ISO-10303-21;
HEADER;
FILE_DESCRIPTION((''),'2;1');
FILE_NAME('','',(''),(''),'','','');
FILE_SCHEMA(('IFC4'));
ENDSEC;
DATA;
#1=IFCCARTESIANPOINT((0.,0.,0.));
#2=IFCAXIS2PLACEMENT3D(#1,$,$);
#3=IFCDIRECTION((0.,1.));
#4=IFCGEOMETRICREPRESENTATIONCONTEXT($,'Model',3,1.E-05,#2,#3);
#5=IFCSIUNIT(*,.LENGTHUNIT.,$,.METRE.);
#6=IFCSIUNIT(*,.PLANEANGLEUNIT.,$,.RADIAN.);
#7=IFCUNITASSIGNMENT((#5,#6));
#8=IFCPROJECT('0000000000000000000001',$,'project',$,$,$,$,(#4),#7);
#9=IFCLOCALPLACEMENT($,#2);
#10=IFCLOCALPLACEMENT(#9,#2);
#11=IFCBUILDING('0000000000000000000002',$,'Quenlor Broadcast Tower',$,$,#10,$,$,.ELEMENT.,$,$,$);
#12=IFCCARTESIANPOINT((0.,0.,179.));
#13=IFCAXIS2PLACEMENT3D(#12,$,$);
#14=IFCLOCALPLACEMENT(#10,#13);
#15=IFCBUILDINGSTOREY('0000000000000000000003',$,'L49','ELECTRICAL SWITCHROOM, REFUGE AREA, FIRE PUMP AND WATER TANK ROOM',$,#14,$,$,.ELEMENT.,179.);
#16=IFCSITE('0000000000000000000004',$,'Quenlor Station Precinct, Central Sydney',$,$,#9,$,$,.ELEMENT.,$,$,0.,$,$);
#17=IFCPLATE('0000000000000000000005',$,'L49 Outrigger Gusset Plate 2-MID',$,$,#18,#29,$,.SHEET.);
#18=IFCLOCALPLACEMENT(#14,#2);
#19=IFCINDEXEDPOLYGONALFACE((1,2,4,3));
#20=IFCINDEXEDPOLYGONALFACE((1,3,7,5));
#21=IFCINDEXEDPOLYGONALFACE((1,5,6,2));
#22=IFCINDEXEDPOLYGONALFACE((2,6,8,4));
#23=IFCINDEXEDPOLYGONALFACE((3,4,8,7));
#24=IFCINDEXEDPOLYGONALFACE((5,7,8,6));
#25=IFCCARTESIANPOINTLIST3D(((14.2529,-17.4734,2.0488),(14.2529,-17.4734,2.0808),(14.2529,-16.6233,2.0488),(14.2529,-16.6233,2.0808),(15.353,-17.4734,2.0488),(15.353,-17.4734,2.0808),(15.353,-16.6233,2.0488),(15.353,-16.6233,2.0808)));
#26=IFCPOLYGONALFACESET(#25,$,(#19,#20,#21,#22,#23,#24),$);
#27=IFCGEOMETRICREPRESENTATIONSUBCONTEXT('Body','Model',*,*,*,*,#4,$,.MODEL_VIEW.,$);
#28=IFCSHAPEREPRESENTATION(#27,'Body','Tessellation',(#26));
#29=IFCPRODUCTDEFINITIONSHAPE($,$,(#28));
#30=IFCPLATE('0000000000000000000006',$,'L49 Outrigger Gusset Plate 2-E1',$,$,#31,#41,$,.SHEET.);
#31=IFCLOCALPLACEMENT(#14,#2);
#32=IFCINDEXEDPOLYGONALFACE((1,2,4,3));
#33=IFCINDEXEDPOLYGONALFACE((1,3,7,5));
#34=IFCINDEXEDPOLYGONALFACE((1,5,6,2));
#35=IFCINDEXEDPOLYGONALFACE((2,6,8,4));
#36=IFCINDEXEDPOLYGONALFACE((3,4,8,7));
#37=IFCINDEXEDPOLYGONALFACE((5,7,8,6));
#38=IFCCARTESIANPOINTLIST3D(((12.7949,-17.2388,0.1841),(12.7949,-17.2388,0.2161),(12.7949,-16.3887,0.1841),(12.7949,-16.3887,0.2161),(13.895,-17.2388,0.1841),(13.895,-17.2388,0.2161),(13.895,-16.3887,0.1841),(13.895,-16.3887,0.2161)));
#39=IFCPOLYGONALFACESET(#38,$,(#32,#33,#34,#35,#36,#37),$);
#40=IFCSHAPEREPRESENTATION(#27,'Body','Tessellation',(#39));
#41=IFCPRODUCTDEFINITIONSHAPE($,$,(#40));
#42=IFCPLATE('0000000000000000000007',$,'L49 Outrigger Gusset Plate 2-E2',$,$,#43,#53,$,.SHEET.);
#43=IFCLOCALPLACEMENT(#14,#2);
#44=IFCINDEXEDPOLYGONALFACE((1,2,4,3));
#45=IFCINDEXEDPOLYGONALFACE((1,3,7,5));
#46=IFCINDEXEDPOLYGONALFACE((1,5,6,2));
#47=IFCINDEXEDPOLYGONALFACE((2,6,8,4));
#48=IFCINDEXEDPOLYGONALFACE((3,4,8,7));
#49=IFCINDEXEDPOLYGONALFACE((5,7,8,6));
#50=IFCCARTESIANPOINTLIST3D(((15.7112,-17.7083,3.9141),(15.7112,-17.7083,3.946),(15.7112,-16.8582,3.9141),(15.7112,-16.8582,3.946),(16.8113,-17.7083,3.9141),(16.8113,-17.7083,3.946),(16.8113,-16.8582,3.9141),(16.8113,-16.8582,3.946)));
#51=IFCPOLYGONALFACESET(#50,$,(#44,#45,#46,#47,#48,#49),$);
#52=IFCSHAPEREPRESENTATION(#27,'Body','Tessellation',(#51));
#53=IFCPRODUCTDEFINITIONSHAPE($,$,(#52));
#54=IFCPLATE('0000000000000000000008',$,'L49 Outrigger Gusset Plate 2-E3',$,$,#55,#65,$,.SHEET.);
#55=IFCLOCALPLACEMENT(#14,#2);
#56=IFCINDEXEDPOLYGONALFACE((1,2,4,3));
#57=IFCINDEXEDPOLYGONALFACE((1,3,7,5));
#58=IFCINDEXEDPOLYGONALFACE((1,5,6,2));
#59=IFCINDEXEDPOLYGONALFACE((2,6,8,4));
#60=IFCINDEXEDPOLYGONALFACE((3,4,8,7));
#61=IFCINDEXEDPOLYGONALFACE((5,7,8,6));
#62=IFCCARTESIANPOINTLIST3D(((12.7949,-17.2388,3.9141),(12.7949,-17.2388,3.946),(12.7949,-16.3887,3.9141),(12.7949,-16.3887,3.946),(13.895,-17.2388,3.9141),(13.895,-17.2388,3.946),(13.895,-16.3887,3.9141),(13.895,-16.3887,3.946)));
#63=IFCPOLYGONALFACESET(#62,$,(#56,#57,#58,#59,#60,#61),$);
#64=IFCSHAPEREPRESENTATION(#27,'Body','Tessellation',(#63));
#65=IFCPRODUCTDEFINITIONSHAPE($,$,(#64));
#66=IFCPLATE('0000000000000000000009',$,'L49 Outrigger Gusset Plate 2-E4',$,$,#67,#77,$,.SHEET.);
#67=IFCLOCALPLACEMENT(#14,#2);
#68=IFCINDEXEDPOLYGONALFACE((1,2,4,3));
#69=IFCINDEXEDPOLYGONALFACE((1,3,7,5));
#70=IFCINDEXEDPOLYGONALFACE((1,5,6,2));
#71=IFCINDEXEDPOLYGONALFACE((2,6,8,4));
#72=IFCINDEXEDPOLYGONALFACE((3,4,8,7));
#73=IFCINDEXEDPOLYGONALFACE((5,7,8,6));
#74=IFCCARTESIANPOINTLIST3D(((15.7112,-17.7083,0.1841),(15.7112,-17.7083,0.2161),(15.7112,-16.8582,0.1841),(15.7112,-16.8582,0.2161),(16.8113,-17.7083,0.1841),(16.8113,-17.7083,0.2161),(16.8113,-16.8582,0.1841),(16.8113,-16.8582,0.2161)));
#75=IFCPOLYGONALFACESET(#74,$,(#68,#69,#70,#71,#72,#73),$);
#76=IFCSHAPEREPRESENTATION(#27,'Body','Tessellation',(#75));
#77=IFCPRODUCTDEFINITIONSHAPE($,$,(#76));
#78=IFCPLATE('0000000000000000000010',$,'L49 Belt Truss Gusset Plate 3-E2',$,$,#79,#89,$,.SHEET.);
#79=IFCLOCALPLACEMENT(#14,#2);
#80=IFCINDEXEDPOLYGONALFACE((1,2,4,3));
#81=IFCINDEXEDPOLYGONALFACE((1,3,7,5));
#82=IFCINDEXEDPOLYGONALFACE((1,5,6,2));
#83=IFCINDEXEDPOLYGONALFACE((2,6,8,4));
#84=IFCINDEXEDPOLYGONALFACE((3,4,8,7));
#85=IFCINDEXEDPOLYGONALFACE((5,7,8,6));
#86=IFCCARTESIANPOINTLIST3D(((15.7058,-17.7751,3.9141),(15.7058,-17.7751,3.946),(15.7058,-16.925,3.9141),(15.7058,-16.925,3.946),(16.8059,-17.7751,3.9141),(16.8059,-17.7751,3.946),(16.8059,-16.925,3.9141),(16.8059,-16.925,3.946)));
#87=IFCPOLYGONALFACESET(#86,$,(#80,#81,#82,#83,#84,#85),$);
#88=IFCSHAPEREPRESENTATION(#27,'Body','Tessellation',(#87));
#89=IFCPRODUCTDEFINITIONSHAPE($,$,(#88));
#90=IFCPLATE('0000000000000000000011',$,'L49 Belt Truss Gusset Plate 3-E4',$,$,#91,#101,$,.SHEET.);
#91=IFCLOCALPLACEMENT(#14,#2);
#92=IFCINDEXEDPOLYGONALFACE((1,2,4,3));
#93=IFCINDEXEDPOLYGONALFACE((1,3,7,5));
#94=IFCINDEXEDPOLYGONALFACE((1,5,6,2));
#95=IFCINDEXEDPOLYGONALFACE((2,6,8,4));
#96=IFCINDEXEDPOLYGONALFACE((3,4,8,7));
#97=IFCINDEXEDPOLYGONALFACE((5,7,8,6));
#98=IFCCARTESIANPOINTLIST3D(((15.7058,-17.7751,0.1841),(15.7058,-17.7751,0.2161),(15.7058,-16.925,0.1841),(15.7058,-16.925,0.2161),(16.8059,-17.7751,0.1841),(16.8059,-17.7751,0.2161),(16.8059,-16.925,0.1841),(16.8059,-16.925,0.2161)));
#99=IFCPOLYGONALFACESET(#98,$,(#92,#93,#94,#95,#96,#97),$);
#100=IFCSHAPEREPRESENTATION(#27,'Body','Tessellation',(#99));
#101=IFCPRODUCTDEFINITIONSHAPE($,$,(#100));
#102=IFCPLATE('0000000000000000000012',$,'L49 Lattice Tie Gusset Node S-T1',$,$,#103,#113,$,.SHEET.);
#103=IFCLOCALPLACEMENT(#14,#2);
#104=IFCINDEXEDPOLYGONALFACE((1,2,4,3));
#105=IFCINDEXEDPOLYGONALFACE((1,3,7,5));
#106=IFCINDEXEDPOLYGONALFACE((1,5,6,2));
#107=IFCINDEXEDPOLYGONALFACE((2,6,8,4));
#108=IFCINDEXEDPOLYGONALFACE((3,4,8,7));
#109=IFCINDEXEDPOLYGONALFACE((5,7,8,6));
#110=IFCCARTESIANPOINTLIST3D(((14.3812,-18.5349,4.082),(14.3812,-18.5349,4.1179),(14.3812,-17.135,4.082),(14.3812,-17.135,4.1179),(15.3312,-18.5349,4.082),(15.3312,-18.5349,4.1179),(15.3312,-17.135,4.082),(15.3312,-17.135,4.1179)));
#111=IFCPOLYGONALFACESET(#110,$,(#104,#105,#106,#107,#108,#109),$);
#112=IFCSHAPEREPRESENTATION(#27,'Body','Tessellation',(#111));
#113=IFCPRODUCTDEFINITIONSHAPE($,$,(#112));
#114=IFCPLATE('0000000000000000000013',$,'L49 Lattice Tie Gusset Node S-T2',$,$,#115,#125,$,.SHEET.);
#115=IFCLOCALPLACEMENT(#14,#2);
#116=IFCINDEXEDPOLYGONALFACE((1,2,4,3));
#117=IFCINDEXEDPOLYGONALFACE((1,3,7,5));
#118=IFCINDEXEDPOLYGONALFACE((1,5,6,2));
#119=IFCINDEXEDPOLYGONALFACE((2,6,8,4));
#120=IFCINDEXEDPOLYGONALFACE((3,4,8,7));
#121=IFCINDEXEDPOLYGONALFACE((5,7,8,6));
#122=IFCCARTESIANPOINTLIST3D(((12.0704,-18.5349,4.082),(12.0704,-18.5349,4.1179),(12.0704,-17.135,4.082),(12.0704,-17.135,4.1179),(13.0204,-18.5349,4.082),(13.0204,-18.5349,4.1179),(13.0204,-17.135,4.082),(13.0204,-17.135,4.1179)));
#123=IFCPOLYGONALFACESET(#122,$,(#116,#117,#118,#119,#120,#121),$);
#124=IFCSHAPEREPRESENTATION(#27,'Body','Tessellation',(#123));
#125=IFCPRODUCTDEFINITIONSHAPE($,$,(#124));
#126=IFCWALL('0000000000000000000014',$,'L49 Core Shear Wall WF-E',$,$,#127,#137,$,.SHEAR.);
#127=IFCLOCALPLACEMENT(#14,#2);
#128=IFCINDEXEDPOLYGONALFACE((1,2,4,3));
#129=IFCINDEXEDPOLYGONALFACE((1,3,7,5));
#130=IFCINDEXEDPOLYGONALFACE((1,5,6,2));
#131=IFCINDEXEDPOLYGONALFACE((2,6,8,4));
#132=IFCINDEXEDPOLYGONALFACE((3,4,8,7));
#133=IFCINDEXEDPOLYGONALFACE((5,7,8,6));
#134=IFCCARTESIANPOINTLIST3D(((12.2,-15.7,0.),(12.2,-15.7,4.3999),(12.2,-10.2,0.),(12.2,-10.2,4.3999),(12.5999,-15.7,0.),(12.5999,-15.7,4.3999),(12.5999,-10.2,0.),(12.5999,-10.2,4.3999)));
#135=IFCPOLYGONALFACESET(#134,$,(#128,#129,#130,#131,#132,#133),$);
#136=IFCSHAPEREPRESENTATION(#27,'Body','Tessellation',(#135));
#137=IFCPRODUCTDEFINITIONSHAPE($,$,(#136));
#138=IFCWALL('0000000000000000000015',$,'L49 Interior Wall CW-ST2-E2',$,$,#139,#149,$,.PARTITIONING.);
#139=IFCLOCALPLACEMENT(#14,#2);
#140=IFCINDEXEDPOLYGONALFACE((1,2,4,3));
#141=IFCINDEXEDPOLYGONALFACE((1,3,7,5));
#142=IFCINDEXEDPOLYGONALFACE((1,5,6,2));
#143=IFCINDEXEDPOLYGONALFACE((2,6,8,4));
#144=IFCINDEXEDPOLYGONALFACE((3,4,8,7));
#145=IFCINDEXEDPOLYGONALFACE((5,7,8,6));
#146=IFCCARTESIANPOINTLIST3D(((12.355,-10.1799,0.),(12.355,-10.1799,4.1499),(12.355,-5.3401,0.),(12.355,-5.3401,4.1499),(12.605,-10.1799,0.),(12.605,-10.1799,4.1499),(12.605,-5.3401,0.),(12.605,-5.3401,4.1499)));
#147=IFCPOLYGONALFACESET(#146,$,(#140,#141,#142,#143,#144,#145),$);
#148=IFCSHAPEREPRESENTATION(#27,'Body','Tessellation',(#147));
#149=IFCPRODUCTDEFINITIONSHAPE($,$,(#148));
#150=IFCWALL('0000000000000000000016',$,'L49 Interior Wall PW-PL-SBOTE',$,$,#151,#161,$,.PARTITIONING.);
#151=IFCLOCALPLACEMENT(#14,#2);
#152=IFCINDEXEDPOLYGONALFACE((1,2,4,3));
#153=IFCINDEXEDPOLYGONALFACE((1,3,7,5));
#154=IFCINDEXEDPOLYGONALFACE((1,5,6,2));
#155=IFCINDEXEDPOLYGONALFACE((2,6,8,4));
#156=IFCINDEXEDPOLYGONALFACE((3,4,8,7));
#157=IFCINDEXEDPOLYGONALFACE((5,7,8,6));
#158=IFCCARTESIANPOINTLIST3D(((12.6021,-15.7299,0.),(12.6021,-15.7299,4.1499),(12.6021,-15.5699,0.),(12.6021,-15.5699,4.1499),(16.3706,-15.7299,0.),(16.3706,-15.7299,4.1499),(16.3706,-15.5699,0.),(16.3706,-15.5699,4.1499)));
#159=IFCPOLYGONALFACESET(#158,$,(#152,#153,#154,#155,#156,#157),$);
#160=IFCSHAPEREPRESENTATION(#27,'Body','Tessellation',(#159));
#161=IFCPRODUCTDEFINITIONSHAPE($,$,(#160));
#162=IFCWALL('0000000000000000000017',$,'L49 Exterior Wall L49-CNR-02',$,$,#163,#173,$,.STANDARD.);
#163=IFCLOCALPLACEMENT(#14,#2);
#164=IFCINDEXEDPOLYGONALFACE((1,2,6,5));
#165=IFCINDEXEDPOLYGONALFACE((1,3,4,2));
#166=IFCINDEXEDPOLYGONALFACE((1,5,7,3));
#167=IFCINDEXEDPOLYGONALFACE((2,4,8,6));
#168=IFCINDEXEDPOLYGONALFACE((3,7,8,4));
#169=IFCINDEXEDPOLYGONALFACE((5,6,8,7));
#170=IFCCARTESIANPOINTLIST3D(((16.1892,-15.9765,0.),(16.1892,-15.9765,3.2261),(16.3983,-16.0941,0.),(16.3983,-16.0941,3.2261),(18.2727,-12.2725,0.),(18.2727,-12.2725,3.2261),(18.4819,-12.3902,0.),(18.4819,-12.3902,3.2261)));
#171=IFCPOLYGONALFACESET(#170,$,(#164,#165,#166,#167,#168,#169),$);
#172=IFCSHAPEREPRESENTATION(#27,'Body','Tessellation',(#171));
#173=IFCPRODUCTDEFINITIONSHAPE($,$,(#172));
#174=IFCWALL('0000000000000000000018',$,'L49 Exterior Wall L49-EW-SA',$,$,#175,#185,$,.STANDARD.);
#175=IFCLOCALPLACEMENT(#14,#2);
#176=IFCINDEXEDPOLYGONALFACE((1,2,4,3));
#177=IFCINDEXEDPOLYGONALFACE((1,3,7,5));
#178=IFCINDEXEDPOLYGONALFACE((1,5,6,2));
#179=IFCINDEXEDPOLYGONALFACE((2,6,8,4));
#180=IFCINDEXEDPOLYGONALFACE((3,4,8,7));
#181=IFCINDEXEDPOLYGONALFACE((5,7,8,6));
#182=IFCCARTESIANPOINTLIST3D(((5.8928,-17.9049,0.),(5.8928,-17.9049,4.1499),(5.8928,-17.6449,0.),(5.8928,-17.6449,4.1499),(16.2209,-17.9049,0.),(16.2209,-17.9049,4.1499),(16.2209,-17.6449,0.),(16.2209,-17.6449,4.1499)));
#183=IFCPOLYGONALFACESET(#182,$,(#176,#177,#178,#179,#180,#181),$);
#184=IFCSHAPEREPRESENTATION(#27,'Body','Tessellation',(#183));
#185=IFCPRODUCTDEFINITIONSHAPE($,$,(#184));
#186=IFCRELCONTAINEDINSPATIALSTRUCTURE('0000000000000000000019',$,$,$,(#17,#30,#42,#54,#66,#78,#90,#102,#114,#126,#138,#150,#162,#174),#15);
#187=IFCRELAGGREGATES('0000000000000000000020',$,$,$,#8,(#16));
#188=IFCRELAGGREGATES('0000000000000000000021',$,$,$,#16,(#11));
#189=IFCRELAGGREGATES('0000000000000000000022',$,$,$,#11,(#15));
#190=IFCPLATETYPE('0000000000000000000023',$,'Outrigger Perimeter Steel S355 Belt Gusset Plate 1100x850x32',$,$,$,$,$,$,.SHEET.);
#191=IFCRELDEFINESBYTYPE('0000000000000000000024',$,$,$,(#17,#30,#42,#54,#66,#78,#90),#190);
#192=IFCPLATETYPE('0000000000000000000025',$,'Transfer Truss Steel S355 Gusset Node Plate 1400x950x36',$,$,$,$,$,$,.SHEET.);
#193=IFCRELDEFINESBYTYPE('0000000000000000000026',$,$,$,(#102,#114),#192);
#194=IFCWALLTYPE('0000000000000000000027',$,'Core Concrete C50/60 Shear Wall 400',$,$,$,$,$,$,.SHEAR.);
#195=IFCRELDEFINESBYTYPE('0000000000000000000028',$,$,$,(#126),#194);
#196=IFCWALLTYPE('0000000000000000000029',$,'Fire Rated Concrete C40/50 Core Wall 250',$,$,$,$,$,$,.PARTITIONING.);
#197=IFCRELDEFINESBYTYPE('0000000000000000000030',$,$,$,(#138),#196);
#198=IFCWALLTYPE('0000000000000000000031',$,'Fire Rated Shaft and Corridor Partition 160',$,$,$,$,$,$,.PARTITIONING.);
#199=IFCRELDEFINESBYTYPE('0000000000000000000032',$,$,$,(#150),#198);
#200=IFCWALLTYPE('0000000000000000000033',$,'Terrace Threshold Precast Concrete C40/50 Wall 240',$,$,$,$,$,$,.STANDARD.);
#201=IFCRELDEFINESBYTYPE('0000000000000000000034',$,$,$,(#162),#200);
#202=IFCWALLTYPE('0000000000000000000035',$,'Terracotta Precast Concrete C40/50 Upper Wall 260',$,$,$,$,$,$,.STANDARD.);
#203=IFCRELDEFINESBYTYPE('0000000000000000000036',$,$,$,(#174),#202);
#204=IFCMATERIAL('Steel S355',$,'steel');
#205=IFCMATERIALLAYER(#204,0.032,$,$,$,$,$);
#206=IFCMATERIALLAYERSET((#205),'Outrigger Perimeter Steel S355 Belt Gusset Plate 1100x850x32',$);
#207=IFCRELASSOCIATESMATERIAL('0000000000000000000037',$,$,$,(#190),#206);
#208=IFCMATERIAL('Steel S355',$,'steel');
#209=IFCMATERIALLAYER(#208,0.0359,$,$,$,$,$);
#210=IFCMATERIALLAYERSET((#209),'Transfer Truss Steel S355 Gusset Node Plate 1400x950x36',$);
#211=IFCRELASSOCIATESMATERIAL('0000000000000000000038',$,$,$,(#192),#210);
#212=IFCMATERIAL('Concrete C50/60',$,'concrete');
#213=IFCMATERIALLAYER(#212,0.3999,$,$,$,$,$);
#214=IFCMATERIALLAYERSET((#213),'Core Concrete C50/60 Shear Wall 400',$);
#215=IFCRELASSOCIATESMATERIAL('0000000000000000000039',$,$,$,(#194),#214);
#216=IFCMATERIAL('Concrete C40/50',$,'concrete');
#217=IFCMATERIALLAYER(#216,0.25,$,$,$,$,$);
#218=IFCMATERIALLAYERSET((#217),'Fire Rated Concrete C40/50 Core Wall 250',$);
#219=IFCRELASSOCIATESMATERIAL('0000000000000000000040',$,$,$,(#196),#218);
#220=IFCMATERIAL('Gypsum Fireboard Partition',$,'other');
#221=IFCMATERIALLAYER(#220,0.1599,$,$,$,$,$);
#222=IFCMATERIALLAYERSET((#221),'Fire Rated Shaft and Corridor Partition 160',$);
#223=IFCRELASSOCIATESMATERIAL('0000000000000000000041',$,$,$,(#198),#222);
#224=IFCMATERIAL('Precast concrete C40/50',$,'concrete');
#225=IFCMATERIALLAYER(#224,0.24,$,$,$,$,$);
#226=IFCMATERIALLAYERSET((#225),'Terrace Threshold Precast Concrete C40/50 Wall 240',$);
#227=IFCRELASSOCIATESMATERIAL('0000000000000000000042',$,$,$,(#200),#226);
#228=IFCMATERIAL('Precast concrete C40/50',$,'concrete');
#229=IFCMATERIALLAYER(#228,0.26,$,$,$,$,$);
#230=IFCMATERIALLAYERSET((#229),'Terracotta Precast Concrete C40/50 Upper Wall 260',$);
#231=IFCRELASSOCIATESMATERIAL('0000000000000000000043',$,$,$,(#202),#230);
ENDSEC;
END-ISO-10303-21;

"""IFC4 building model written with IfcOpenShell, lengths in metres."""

from ifc_helpers import new_model, si_unit, direction, frame, frame_2d, origin, origin_2d, place, context, subcontext, project, spatial, rectangle, extrude, material, layer, layer_set, type_object, element, save


model = new_model("IFC4")

# Units and contexts
model_context = context("Model", 3, precision=1e-05, world=origin(), true_north=direction((0.0, 1.0)))
body_context = subcontext(model_context, "Body", "Model", "MODEL_VIEW")
ifc_project = project(units=[si_unit("LENGTHUNIT", "METRE"), si_unit("PLANEANGLEUNIT", "RADIAN")], contexts=[model_context])

# Site, building, storey
site_placement = place(None, origin())
site = spatial("IfcSite", under=ifc_project, at=site_placement, Name="Quenlor Station Precinct, Central Sydney", CompositionType="ELEMENT", RefElevation=0.0)
building_placement = place(site_placement, origin())
building = spatial("IfcBuilding", under=site, at=building_placement, Name="Quenlor Broadcast Tower", CompositionType="ELEMENT")
storey_placement = place(building_placement, frame((0.0, 0.0, 179.0)))
storey = spatial("IfcBuildingStorey", under=building, at=storey_placement, Name="L49", Description="ELECTRICAL SWITCHROOM, REFUGE AREA, FIRE PUMP AND WATER TANK ROOM", CompositionType="ELEMENT", Elevation=179.0)

# Plates
ifc_material_1 = material(Name="Steel S355", Category="steel")
ifc_layer_1 = layer(ifc_material_1, 0.032)
ifc_layer_set_1 = layer_set([ifc_layer_1], Name="Outrigger Perimeter Steel S355 Belt Gusset Plate 1100x850x32")
plate_type_1 = type_object("IfcPlateType", Name="Outrigger Perimeter Steel S355 Belt Gusset Plate 1100x850x32", PredefinedType="SHEET", material=ifc_layer_set_1)
for number, where, z_axis, x_axis, name in (
    (1, (14.803, -17.0483, 2.0488), (0.0, 0.0, 1.0), (1.0, 0.0, 0.0), "L49 Outrigger Gusset Plate 2-MID"),
    (2, (13.345, -16.8137, 0.1841), (0.0, 0.0, 1.0), (1.0, 0.0, 0.0), "L49 Outrigger Gusset Plate 2-E1"),
    (3, (16.2612, -17.2832, 3.9141), (0.0, 0.0, 1.0), (1.0, 0.0, 0.0), "L49 Outrigger Gusset Plate 2-E2"),
    (4, (13.345, -16.8137, 3.9141), (0.0, 0.0, 1.0), (1.0, 0.0, 0.0), "L49 Outrigger Gusset Plate 2-E3"),
    (5, (16.2612, -17.2832, 0.1841), (0.0, 0.0, 1.0), (1.0, 0.0, 0.0), "L49 Outrigger Gusset Plate 2-E4"),
    (6, (16.2559, -17.3501, 3.9141), (0.0, 0.0, 1.0), (1.0, 0.0, 0.0), "L49 Belt Truss Gusset Plate 3-E2"),
    (7, (16.2559, -17.3501, 0.1841), (0.0, 0.0, 1.0), (1.0, 0.0, 0.0), "L49 Belt Truss Gusset Plate 3-E4"),
):
    element("IfcPlate", number, at=place(storey_placement, frame(where, z_axis=z_axis, x_axis=x_axis)), inside=storey, type_object=plate_type_1, Name=name, PredefinedType="SHEET", context=body_context, shape_type="SweptSolid", body=[
        extrude(rectangle(XDim=1.1001, YDim=0.8501, at=origin_2d()), origin(), (0.0, 0.0, 1.0), 0.032),
    ])
ifc_material_2 = material(Name="Steel S355", Category="steel")
ifc_layer_2 = layer(ifc_material_2, 0.0359)
ifc_layer_set_2 = layer_set([ifc_layer_2], Name="Transfer Truss Steel S355 Gusset Node Plate 1400x950x36")
plate_type_2 = type_object("IfcPlateType", Name="Transfer Truss Steel S355 Gusset Node Plate 1400x950x36", PredefinedType="SHEET", material=ifc_layer_set_2)
for number, where, z_axis, x_axis, name in (
    (8, (14.8562, -17.835, 4.082), (0.0, 0.0, 1.0), (0.0, -1.0, 0.0), "L49 Lattice Tie Gusset Node S-T1"),
    (9, (12.5454, -17.835, 4.082), (0.0, 0.0, 1.0), (0.0, -1.0, 0.0), "L49 Lattice Tie Gusset Node S-T2"),
):
    element("IfcPlate", number, at=place(storey_placement, frame(where, z_axis=z_axis, x_axis=x_axis)), inside=storey, type_object=plate_type_2, Name=name, PredefinedType="SHEET", context=body_context, shape_type="SweptSolid", body=[
        extrude(rectangle(XDim=1.3999, YDim=0.95, at=origin_2d()), origin(), (0.0, 0.0, 1.0), 0.0359),
    ])

# Walls
ifc_material_3 = material(Name="Concrete C50/60", Category="concrete")
ifc_layer_3 = layer(ifc_material_3, 0.3999)
ifc_layer_set_3 = layer_set([ifc_layer_3], Name="Core Concrete C50/60 Shear Wall 400")
wall_type_1 = type_object("IfcWallType", Name="Core Concrete C50/60 Shear Wall 400", PredefinedType="SHEAR", material=ifc_layer_set_3)
wall_1_placement = place(storey_placement, frame((12.3999, -15.7, 0.0), z_axis=(0.0, 0.0, 1.0), x_axis=(0.0, 1.0, 0.0)))
element("IfcWall", 10, at=wall_1_placement, inside=storey, type_object=wall_type_1, Name="L49 Core Shear Wall WF-E", PredefinedType="SHEAR", context=body_context, shape_type="SweptSolid", body=[
    extrude(rectangle(XDim=5.5, YDim=0.3999, at=frame_2d((2.75, 0.0))), origin(), (0.0, 0.0, 1.0), 4.3999),
])
ifc_material_4 = material(Name="Concrete C40/50", Category="concrete")
ifc_layer_4 = layer(ifc_material_4, 0.25)
ifc_layer_set_4 = layer_set([ifc_layer_4], Name="Fire Rated Concrete C40/50 Core Wall 250")
wall_type_2 = type_object("IfcWallType", Name="Fire Rated Concrete C40/50 Core Wall 250", PredefinedType="PARTITIONING", material=ifc_layer_set_4)
wall_2_placement = place(storey_placement, frame((12.48, -10.1799, 0.0), z_axis=(0.0, 0.0, 1.0), x_axis=(0.0, 1.0, 0.0)))
element("IfcWall", 11, at=wall_2_placement, inside=storey, type_object=wall_type_2, Name="L49 Interior Wall CW-ST2-E2", PredefinedType="PARTITIONING", context=body_context, shape_type="SweptSolid", body=[
    extrude(rectangle(XDim=4.8398, YDim=0.25, at=frame_2d((2.4199, 0.0))), origin(), (0.0, 0.0, 1.0), 4.1499),
])
ifc_material_5 = material(Name="Gypsum Fireboard Partition", Category="other")
ifc_layer_5 = layer(ifc_material_5, 0.1599)
ifc_layer_set_5 = layer_set([ifc_layer_5], Name="Fire Rated Shaft and Corridor Partition 160")
wall_type_3 = type_object("IfcWallType", Name="Fire Rated Shaft and Corridor Partition 160", PredefinedType="PARTITIONING", material=ifc_layer_set_5)
wall_3_placement = place(storey_placement, frame((12.6021, -15.6499, 0.0), z_axis=(0.0, 0.0, 1.0), x_axis=(1.0, 0.0, 0.0)))
element("IfcWall", 12, at=wall_3_placement, inside=storey, type_object=wall_type_3, Name="L49 Interior Wall PW-PL-SBOTE", PredefinedType="PARTITIONING", context=body_context, shape_type="SweptSolid", body=[
    extrude(rectangle(XDim=3.7686, YDim=0.1599, at=frame_2d((1.8843, 0.0))), origin(), (0.0, 0.0, 1.0), 4.1499),
])
ifc_material_6 = material(Name="Precast concrete C40/50", Category="concrete")
ifc_layer_6 = layer(ifc_material_6, 0.24)
ifc_layer_set_6 = layer_set([ifc_layer_6], Name="Terrace Threshold Precast Concrete C40/50 Wall 240")
wall_type_4 = type_object("IfcWallType", Name="Terrace Threshold Precast Concrete C40/50 Wall 240", PredefinedType="STANDARD", material=ifc_layer_set_6)
wall_4_placement = place(storey_placement, frame((16.2937, -16.0354, 0.0), z_axis=(0.0, 0.0, 1.0), x_axis=(0.490275, 0.871568, 0.0)))
element("IfcWall", 13, at=wall_4_placement, inside=storey, type_object=wall_type_4, Name="L49 Exterior Wall L49-CNR-02", PredefinedType="STANDARD", context=body_context, shape_type="SweptSolid", body=[
    extrude(rectangle(XDim=4.2498, YDim=0.24, at=frame_2d((2.125, 0.0))), origin(), (0.0, 0.0, 1.0), 3.2261),
])
ifc_material_7 = material(Name="Precast concrete C40/50", Category="concrete")
ifc_layer_7 = layer(ifc_material_7, 0.26)
ifc_layer_set_7 = layer_set([ifc_layer_7], Name="Terracotta Precast Concrete C40/50 Upper Wall 260")
wall_type_5 = type_object("IfcWallType", Name="Terracotta Precast Concrete C40/50 Upper Wall 260", PredefinedType="STANDARD", material=ifc_layer_set_7)
wall_5_placement = place(storey_placement, frame((16.2209, -17.7749, 0.0), z_axis=(0.0, 0.0, 1.0), x_axis=(-1.0, 0.0, 0.0)))
element("IfcWall", 14, at=wall_5_placement, inside=storey, type_object=wall_type_5, Name="L49 Exterior Wall L49-EW-SA", PredefinedType="STANDARD", context=body_context, shape_type="SweptSolid", body=[
    extrude(rectangle(XDim=10.3281, YDim=0.26, at=frame_2d((5.1641, 0.0))), origin(), (0.0, 0.0, 1.0), 4.1499),
])

save(model, "model.ifc")
